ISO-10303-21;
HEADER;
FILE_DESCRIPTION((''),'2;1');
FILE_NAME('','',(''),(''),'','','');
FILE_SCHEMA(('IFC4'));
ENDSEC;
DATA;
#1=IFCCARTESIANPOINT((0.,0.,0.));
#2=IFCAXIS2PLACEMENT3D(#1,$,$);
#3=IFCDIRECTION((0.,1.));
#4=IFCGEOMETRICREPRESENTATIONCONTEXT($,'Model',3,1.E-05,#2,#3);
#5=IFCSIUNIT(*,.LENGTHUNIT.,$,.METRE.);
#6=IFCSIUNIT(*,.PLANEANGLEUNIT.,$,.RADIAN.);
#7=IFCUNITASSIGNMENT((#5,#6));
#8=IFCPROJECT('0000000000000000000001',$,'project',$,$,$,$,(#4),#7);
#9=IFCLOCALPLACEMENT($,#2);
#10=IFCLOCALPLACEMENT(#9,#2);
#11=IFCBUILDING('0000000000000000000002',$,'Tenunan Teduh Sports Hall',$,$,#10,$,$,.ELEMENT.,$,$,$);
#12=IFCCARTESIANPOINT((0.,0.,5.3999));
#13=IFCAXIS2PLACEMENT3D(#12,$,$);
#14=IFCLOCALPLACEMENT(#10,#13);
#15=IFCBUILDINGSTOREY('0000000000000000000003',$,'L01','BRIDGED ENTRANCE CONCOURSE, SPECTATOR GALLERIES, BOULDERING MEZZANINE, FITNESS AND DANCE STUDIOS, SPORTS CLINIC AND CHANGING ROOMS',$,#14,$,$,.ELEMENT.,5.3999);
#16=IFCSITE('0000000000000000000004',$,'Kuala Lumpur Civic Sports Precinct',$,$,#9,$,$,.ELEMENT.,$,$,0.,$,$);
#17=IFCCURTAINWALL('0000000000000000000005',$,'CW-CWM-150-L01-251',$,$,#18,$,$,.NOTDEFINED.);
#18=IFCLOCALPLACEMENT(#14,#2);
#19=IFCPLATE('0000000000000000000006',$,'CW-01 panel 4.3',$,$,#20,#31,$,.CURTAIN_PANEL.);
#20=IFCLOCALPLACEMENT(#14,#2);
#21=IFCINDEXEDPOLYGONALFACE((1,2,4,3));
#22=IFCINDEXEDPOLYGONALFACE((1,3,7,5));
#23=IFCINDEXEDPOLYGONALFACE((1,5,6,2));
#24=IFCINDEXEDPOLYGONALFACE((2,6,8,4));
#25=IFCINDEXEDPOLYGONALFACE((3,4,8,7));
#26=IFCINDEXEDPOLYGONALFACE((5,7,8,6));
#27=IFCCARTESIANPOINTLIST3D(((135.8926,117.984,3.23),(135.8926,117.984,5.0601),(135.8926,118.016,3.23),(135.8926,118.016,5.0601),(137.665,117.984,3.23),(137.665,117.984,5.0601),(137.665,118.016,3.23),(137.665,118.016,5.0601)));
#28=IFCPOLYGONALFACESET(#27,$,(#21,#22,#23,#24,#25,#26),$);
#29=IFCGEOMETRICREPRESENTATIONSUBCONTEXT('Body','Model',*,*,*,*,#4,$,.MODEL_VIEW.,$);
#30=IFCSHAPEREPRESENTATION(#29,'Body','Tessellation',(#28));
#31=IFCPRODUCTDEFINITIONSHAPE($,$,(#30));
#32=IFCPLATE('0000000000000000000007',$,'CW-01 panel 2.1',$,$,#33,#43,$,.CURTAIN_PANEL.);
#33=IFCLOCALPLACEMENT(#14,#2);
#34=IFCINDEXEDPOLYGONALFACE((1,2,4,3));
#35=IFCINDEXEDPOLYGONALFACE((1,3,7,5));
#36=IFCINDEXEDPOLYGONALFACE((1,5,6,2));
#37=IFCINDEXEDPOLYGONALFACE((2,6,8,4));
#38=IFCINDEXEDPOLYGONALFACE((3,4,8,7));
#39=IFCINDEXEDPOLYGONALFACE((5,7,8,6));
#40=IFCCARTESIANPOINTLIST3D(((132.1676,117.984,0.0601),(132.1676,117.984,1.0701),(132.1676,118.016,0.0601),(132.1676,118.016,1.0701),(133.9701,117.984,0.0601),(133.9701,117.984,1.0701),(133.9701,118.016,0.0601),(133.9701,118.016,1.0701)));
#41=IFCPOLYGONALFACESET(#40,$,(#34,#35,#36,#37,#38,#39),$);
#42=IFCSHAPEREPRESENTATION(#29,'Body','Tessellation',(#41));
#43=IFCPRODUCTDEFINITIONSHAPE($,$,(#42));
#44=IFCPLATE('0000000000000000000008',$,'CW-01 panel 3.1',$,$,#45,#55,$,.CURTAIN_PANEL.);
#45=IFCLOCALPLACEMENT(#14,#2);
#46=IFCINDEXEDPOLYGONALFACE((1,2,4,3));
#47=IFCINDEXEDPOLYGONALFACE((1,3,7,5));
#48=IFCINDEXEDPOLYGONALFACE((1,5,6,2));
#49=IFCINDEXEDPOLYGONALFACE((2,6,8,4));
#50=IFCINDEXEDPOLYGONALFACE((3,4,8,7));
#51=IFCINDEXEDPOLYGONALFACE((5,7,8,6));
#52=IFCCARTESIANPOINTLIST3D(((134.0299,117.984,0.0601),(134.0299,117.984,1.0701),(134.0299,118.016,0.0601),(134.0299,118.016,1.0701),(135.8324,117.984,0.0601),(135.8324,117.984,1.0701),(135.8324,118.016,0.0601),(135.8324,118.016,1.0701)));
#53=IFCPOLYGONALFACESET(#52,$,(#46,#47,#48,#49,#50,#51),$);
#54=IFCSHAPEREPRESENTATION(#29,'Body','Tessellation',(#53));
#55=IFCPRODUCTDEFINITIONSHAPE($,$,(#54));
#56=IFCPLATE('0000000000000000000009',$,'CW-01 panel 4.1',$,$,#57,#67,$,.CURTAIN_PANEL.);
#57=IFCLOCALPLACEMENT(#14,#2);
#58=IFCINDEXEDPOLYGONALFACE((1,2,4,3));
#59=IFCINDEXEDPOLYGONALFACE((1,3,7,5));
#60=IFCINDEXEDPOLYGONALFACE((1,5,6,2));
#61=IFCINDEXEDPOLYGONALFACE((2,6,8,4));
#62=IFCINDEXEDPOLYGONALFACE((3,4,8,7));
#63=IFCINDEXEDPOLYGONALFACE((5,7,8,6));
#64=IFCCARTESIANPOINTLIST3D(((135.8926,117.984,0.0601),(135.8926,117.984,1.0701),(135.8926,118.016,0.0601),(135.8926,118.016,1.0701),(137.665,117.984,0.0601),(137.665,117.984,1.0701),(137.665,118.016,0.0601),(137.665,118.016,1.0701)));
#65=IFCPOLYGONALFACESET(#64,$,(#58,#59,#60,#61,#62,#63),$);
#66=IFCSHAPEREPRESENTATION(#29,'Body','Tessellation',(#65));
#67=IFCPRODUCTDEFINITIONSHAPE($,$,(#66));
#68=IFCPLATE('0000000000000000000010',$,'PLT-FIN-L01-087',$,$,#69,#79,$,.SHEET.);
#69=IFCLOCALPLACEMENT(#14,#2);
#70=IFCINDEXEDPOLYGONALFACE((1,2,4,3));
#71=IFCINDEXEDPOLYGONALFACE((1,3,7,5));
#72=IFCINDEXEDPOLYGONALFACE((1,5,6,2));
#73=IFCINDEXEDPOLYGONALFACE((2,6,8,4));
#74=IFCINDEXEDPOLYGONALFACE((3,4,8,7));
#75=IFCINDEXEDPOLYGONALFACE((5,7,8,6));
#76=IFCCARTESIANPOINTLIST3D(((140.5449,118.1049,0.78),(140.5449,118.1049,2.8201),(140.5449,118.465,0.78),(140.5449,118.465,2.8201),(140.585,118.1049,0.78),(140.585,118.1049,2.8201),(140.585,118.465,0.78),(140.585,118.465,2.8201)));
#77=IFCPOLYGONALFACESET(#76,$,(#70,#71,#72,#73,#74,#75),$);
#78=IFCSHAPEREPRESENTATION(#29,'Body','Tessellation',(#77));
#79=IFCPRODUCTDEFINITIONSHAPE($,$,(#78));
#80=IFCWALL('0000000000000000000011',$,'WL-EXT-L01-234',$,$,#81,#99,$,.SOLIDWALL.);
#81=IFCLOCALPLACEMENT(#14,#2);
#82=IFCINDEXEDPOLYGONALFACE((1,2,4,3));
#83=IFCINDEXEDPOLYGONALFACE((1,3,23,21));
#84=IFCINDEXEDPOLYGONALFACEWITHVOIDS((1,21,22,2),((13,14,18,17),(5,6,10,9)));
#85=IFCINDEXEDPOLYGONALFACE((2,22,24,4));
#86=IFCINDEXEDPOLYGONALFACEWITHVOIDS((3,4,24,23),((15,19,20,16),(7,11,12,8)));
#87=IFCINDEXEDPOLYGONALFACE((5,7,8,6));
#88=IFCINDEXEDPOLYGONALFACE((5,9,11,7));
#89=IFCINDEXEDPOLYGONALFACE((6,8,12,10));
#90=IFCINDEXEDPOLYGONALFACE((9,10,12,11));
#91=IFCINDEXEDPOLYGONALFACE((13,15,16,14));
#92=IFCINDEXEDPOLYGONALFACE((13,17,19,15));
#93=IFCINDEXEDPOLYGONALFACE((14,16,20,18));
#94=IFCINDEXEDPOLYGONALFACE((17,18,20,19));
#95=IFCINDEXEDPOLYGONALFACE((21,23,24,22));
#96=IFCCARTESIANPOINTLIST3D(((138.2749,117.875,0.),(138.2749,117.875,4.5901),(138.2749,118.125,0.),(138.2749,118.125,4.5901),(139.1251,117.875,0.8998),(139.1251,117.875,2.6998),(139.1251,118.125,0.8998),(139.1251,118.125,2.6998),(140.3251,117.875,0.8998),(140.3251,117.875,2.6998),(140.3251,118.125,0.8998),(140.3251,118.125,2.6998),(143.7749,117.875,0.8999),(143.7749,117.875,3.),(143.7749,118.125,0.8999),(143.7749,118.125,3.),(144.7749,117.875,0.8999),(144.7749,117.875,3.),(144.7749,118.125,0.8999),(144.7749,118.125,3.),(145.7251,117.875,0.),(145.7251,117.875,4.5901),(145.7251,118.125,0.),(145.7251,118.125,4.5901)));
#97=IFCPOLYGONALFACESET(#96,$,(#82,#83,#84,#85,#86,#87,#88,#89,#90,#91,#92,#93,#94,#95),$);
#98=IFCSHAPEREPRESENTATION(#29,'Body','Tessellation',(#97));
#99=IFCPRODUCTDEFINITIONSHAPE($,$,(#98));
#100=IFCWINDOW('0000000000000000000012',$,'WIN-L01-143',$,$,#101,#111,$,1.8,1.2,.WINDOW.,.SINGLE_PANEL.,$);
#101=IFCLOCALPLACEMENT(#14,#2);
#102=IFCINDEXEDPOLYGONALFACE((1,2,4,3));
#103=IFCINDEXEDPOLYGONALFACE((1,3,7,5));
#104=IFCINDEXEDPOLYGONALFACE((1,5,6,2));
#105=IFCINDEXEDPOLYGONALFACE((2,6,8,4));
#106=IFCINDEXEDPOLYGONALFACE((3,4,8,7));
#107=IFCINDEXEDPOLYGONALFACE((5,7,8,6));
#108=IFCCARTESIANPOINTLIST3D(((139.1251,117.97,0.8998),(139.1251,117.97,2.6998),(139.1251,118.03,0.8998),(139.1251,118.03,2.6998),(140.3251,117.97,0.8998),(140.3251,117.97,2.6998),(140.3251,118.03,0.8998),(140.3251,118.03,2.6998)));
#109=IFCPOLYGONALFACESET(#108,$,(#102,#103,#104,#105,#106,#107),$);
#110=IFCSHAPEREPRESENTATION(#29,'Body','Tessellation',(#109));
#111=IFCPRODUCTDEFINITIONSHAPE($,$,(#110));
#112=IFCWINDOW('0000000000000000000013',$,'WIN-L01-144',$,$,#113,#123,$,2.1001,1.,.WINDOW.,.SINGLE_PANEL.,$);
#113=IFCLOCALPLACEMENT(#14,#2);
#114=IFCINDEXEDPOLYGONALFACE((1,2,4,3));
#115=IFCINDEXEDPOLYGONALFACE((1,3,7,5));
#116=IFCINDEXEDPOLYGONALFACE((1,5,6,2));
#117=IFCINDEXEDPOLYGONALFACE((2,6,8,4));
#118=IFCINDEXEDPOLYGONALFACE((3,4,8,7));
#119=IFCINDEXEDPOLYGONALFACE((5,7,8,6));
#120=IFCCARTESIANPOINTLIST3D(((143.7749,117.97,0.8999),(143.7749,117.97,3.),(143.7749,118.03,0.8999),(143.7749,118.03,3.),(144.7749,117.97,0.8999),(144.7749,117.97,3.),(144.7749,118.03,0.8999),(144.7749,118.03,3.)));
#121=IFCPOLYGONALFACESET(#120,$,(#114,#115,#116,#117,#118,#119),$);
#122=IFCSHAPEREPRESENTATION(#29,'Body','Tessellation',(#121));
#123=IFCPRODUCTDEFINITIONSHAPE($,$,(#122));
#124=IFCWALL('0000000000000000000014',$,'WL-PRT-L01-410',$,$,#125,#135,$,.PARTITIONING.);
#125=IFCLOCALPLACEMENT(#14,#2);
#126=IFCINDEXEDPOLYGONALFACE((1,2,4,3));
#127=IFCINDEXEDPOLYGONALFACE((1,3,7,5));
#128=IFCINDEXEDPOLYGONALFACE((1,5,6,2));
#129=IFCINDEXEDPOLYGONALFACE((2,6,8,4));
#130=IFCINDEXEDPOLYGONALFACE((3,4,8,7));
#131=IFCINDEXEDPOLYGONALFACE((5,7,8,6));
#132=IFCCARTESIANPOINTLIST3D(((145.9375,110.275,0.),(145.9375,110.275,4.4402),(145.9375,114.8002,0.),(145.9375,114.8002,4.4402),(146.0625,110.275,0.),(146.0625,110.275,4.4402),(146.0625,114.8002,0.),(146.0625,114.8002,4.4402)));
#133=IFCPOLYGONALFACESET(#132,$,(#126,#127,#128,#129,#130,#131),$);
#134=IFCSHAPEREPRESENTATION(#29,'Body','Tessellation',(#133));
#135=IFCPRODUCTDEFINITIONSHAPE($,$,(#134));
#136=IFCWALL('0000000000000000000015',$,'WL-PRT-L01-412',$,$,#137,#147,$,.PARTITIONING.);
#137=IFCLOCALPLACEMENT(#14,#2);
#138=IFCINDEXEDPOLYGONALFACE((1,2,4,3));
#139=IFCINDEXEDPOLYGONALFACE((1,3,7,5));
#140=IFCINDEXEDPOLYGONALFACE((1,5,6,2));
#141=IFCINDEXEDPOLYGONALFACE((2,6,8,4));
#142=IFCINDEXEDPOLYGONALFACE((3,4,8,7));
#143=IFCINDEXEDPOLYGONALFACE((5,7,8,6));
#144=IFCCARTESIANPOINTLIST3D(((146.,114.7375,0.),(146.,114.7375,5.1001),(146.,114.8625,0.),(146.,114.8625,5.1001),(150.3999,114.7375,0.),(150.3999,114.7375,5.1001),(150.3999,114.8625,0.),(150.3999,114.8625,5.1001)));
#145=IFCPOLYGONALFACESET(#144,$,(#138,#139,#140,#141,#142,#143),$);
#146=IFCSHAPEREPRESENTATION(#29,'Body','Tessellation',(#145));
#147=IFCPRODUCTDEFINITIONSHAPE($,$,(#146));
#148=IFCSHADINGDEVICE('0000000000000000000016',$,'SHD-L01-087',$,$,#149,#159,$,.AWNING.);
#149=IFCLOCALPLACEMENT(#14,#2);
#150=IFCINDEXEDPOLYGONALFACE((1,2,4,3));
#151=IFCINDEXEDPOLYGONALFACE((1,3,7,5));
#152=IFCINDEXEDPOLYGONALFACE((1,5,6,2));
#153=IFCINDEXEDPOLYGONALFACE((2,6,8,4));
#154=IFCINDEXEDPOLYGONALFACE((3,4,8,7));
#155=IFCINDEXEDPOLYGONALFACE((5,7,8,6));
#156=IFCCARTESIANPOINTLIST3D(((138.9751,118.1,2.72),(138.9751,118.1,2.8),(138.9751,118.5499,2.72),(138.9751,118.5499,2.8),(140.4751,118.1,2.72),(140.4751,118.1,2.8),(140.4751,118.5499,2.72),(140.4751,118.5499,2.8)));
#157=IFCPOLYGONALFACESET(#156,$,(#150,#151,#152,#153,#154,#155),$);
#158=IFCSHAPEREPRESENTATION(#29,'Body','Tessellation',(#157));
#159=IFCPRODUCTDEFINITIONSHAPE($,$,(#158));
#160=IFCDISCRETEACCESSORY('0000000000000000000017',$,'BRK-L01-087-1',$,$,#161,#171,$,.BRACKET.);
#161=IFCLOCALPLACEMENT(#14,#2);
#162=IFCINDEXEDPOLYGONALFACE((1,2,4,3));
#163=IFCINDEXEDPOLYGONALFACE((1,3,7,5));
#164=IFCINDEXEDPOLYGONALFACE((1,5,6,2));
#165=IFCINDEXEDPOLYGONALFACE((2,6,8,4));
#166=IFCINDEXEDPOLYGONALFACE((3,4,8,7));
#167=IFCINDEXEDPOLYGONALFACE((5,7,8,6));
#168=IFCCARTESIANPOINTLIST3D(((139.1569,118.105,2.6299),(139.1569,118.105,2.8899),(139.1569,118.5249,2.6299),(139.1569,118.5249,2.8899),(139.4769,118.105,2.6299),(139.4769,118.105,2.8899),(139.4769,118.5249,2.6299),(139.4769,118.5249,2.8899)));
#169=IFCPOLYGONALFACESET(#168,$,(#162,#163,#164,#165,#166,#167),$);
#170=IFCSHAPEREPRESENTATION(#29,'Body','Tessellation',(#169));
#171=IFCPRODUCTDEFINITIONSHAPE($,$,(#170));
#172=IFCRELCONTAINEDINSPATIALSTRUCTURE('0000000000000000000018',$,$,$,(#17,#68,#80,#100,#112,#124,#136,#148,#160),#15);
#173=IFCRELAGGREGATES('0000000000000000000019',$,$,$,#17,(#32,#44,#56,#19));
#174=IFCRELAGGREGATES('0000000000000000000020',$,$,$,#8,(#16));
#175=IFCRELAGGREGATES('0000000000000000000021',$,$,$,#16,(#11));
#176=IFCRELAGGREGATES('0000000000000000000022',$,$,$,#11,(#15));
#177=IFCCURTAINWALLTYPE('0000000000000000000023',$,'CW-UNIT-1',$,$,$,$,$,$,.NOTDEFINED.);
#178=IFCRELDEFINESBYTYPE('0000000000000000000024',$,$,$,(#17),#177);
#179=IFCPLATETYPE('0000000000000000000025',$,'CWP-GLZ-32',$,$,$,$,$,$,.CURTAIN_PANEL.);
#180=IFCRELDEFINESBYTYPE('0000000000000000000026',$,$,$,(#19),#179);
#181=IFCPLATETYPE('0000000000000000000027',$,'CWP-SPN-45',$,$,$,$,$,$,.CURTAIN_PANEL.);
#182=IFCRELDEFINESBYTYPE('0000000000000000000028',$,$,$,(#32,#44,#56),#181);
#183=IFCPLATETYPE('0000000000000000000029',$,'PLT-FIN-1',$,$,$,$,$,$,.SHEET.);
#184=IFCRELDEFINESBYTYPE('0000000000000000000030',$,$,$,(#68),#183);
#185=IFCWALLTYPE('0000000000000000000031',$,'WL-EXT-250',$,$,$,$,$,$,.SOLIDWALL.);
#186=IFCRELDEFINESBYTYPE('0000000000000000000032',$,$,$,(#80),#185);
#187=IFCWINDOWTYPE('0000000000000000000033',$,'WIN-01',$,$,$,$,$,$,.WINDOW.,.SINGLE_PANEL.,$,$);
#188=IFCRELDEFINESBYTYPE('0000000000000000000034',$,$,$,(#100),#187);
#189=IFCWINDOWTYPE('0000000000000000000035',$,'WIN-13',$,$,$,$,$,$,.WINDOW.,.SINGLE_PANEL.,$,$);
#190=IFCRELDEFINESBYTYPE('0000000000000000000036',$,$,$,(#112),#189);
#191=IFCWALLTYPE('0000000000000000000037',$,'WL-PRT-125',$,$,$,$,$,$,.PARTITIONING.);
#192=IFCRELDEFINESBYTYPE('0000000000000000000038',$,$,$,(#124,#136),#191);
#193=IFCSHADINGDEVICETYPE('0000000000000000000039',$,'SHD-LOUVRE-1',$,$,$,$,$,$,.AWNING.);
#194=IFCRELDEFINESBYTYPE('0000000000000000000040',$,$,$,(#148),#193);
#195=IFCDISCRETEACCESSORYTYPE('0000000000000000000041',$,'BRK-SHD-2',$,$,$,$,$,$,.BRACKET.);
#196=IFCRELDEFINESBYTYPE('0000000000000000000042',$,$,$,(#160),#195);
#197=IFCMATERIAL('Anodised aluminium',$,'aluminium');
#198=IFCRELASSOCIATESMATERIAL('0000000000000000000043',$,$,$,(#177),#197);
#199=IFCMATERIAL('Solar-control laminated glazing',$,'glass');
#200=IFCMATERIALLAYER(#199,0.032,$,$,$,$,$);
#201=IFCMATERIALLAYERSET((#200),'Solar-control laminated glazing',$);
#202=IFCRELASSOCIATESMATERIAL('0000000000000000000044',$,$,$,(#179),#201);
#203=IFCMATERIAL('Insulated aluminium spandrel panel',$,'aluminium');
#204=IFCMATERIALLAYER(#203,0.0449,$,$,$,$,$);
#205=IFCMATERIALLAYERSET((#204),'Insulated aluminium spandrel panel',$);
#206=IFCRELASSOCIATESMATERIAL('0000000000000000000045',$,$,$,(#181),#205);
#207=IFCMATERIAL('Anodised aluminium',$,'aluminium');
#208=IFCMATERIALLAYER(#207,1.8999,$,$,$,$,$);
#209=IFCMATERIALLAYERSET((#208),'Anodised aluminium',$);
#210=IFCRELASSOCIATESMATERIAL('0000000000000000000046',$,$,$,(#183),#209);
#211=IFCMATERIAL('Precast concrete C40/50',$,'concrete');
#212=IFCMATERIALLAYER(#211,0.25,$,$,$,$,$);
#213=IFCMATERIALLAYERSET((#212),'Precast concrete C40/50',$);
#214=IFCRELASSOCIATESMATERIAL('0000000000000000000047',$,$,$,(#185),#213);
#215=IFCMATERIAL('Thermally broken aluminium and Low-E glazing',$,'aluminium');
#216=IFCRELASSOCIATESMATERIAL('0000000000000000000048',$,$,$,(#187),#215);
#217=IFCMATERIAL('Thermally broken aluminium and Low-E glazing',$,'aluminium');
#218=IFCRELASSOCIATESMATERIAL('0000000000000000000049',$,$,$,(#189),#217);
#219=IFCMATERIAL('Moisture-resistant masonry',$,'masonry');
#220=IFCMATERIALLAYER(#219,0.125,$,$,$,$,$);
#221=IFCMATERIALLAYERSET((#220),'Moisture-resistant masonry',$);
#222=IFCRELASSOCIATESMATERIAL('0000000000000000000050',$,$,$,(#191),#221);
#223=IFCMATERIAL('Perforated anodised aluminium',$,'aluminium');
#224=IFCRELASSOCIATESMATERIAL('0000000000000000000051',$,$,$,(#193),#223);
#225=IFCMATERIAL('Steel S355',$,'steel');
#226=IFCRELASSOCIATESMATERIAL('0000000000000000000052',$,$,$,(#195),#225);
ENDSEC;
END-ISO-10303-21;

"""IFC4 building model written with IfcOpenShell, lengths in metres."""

from ifc_helpers import new_model, si_unit, direction, frame, frame_2d, origin, origin_2d, place, context, subcontext, project, spatial, rectangle, extrude, material, layer, layer_set, type_object, element, fill, aggregate, save


model = new_model("IFC4")

# Units and contexts
model_context = context("Model", 3, precision=1e-05, world=origin(), true_north=direction((0.0, 1.0)))
body_context = subcontext(model_context, "Body", "Model", "MODEL_VIEW")
ifc_project = project(units=[si_unit("LENGTHUNIT", "METRE"), si_unit("PLANEANGLEUNIT", "RADIAN")], contexts=[model_context])

# Site, building, storey
site_placement = place(None, origin())
site = spatial("IfcSite", under=ifc_project, at=site_placement, Name="Kuala Lumpur Civic Sports Precinct", CompositionType="ELEMENT", RefElevation=0.0)
building_placement = place(site_placement, origin())
building = spatial("IfcBuilding", under=site, at=building_placement, Name="Tenunan Teduh Sports Hall", CompositionType="ELEMENT")
storey_placement = place(building_placement, frame((0.0, 0.0, 5.3999)))
storey = spatial("IfcBuildingStorey", under=building, at=storey_placement, Name="L01", Description="BRIDGED ENTRANCE CONCOURSE, SPECTATOR GALLERIES, BOULDERING MEZZANINE, FITNESS AND DANCE STUDIOS, SPORTS CLINIC AND CHANGING ROOMS", CompositionType="ELEMENT", Elevation=5.3999)

# Curtain wall
ifc_material_1 = material(Name="Anodised aluminium", Category="aluminium")
curtain_wall_type = type_object("IfcCurtainWallType", Name="CW-UNIT-1", PredefinedType="NOTDEFINED", material=ifc_material_1)
curtain_wall_placement = place(storey_placement, origin())
curtain_wall = element("IfcCurtainWall", 1, at=curtain_wall_placement, inside=storey, type_object=curtain_wall_type, Name="CW-CWM-150-L01-251", PredefinedType="NOTDEFINED")

# Plates
ifc_material_2 = material(Name="Solar-control laminated glazing", Category="glass")
ifc_layer_1 = layer(ifc_material_2, 0.032)
ifc_layer_set_1 = layer_set([ifc_layer_1], Name="Solar-control laminated glazing")
plate_type_1 = type_object("IfcPlateType", Name="CWP-GLZ-32", PredefinedType="CURTAIN_PANEL", material=ifc_layer_set_1)
plate_1_placement = place(storey_placement, frame((136.7788, 118.0, 3.23), z_axis=(0.0, 0.0, 1.0), x_axis=(1.0, 0.0, 0.0)))
plate_1 = element("IfcPlate", 2, at=plate_1_placement, type_object=plate_type_1, Name="CW-01 panel 4.3", PredefinedType="CURTAIN_PANEL", context=body_context, shape_type="SweptSolid", body=[
    extrude(rectangle(XDim=1.7725, YDim=0.032, at=origin_2d()), origin(), (0.0, 0.0, 1.0), 1.8301),
])
ifc_material_3 = material(Name="Insulated aluminium spandrel panel", Category="aluminium")
ifc_layer_2 = layer(ifc_material_3, 0.0449)
ifc_layer_set_2 = layer_set([ifc_layer_2], Name="Insulated aluminium spandrel panel")
plate_type_2 = type_object("IfcPlateType", Name="CWP-SPN-45", PredefinedType="CURTAIN_PANEL", material=ifc_layer_set_2)
plate_2_placement = place(storey_placement, frame((133.0688, 118.0, 0.0601), z_axis=(0.0, 0.0, 1.0), x_axis=(1.0, 0.0, 0.0)))
plate_2 = element("IfcPlate", 3, at=plate_2_placement, type_object=plate_type_2, Name="CW-01 panel 2.1", PredefinedType="CURTAIN_PANEL", context=body_context, shape_type="SweptSolid", body=[
    extrude(rectangle(XDim=1.8025, YDim=0.032, at=origin_2d()), origin(), (0.0, 0.0, 1.0), 1.01),
])
plate_3_placement = place(storey_placement, frame((134.9312, 118.0, 0.0601), z_axis=(0.0, 0.0, 1.0), x_axis=(1.0, 0.0, 0.0)))
plate_3 = element("IfcPlate", 4, at=plate_3_placement, type_object=plate_type_2, Name="CW-01 panel 3.1", PredefinedType="CURTAIN_PANEL", context=body_context, shape_type="SweptSolid", body=[
    extrude(rectangle(XDim=1.8025, YDim=0.032, at=origin_2d()), origin(), (0.0, 0.0, 1.0), 1.01),
])
plate_4_placement = place(storey_placement, frame((136.7788, 118.0, 0.0601), z_axis=(0.0, 0.0, 1.0), x_axis=(1.0, 0.0, 0.0)))
plate_4 = element("IfcPlate", 5, at=plate_4_placement, type_object=plate_type_2, Name="CW-01 panel 4.1", PredefinedType="CURTAIN_PANEL", context=body_context, shape_type="SweptSolid", body=[
    extrude(rectangle(XDim=1.7725, YDim=0.032, at=origin_2d()), origin(), (0.0, 0.0, 1.0), 1.01),
])
aggregate(curtain_wall, [plate_2, plate_3, plate_4, plate_1])
ifc_material_4 = material(Name="Anodised aluminium", Category="aluminium")
ifc_layer_3 = layer(ifc_material_4, 1.8999)
ifc_layer_set_3 = layer_set([ifc_layer_3], Name="Anodised aluminium")
plate_type_3 = type_object("IfcPlateType", Name="PLT-FIN-1", PredefinedType="SHEET", material=ifc_layer_set_3)
plate_5_placement = place(storey_placement, frame((140.5649, 118.2849, 0.78), z_axis=(0.0, 0.0, 1.0), x_axis=(1.0, 0.0, 0.0)))
element("IfcPlate", 6, at=plate_5_placement, inside=storey, type_object=plate_type_3, Name="PLT-FIN-L01-087", PredefinedType="SHEET", context=body_context, shape_type="SweptSolid", body=[
    extrude(rectangle(XDim=0.04, YDim=0.3601, at=origin_2d()), origin(), (0.0, 0.0, 1.0), 2.04),
])

# Wall, openings, windows
ifc_material_5 = material(Name="Precast concrete C40/50", Category="concrete")
ifc_layer_4 = layer(ifc_material_5, 0.25)
ifc_layer_set_4 = layer_set([ifc_layer_4], Name="Precast concrete C40/50")
wall_type_1 = type_object("IfcWallType", Name="WL-EXT-250", PredefinedType="SOLIDWALL", material=ifc_layer_set_4)
wall_1_placement = place(storey_placement, frame((138.2749, 118.0, 0.0), z_axis=(0.0, 0.0, 1.0), x_axis=(1.0, 0.0, 0.0)))
wall_1 = element("IfcWall", 7, at=wall_1_placement, inside=storey, type_object=wall_type_1, Name="WL-EXT-L01-234", PredefinedType="SOLIDWALL", context=body_context, shape_type="SweptSolid", body=[
    extrude(rectangle(XDim=7.4502, YDim=0.25, at=frame_2d((3.7251, 0.0))), origin(), (0.0, 0.0, 1.0), 4.5901),
])
opening_1_placement = place(wall_1_placement, frame((0.8501, 0.0, 0.8999)))
opening_1 = element("IfcOpeningElement", 8, at=opening_1_placement, cuts=wall_1, PredefinedType="OPENING", context=body_context, shape_type="SweptSolid", body=[
    extrude(rectangle(XDim=1.2, YDim=1.8, at=frame_2d((0.6001, 0.8999))), frame((0.0, 0.135, 0.0), z_axis=(0.0, -1.0, 0.0), x_axis=(1.0, 0.0, 0.0)), (0.0, 0.0, 1.0), 0.27),
])
opening_2_placement = place(wall_1_placement, frame((5.5, 0.0, 0.8999)))
opening_2 = element("IfcOpeningElement", 9, at=opening_2_placement, cuts=wall_1, PredefinedType="OPENING", context=body_context, shape_type="SweptSolid", body=[
    extrude(rectangle(XDim=1.0, YDim=2.1001, at=frame_2d((0.5, 1.05))), frame((0.0, 0.135, 0.0), z_axis=(0.0, -1.0, 0.0), x_axis=(1.0, 0.0, 0.0)), (0.0, 0.0, 1.0), 0.27),
])
ifc_material_6 = material(Name="Thermally broken aluminium and Low-E glazing", Category="aluminium")
window_type_1 = type_object("IfcWindowType", Name="WIN-01", PartitioningType="SINGLE_PANEL", PredefinedType="WINDOW", material=ifc_material_6)
window_1_placement = place(opening_1_placement, origin())
window_1 = element("IfcWindow", 10, at=window_1_placement, inside=storey, type_object=window_type_1, Name="WIN-L01-143", OverallHeight=1.8, OverallWidth=1.2, PartitioningType="SINGLE_PANEL", PredefinedType="WINDOW", context=body_context, shape_type="SweptSolid", body=[
    extrude(rectangle(XDim=1.2, YDim=1.8, at=frame_2d((0.6001, 0.8999))), frame((0.0, 0.03, 0.0), z_axis=(0.0, -1.0, 0.0), x_axis=(1.0, 0.0, 0.0)), (0.0, 0.0, 1.0), 0.0601),
])
fill(opening_1, window_1)
ifc_material_7 = material(Name="Thermally broken aluminium and Low-E glazing", Category="aluminium")
window_type_2 = type_object("IfcWindowType", Name="WIN-13", PartitioningType="SINGLE_PANEL", PredefinedType="WINDOW", material=ifc_material_7)
window_2_placement = place(opening_2_placement, origin())
window_2 = element("IfcWindow", 11, at=window_2_placement, inside=storey, type_object=window_type_2, Name="WIN-L01-144", OverallHeight=2.1001, OverallWidth=1.0, PartitioningType="SINGLE_PANEL", PredefinedType="WINDOW", context=body_context, shape_type="SweptSolid", body=[
    extrude(rectangle(XDim=1.0, YDim=2.1001, at=frame_2d((0.5, 1.05))), frame((0.0, 0.03, 0.0), z_axis=(0.0, -1.0, 0.0), x_axis=(1.0, 0.0, 0.0)), (0.0, 0.0, 1.0), 0.0601),
])
fill(opening_2, window_2)

# Walls
ifc_material_8 = material(Name="Moisture-resistant masonry", Category="masonry")
ifc_layer_5 = layer(ifc_material_8, 0.125)
ifc_layer_set_5 = layer_set([ifc_layer_5], Name="Moisture-resistant masonry")
wall_type_2 = type_object("IfcWallType", Name="WL-PRT-125", PredefinedType="PARTITIONING", material=ifc_layer_set_5)
wall_2_placement = place(storey_placement, frame((146.0, 110.2749, 0.0), z_axis=(0.0, 0.0, 1.0), x_axis=(0.0, 1.0, 0.0)))
element("IfcWall", 12, at=wall_2_placement, inside=storey, type_object=wall_type_2, Name="WL-PRT-L01-410", PredefinedType="PARTITIONING", context=body_context, shape_type="SweptSolid", body=[
    extrude(rectangle(XDim=4.5251, YDim=0.125, at=frame_2d((2.2627, 0.0))), origin(), (0.0, 0.0, 1.0), 4.4402),
])
wall_3_placement = place(storey_placement, frame((146.0, 114.8, 0.0), z_axis=(0.0, 0.0, 1.0), x_axis=(1.0, 0.0, 0.0)))
element("IfcWall", 13, at=wall_3_placement, inside=storey, type_object=wall_type_2, Name="WL-PRT-L01-412", PredefinedType="PARTITIONING", context=body_context, shape_type="SweptSolid", body=[
    extrude(rectangle(XDim=4.3999, YDim=0.125, at=frame_2d((2.2, 0.0))), origin(), (0.0, 0.0, 1.0), 5.1001),
])

# Shading device
ifc_material_9 = material(Name="Perforated anodised aluminium", Category="aluminium")
shading_device_type = type_object("IfcShadingDeviceType", Name="SHD-LOUVRE-1", PredefinedType="AWNING", material=ifc_material_9)
shading_device_placement = place(storey_placement, frame((139.7251, 118.325, 2.72), z_axis=(0.0, 0.0, 1.0), x_axis=(1.0, 0.0, 0.0)))
element("IfcShadingDevice", 14, at=shading_device_placement, inside=storey, type_object=shading_device_type, Name="SHD-L01-087", PredefinedType="AWNING", context=body_context, shape_type="SweptSolid", body=[
    extrude(rectangle(XDim=1.5, YDim=0.45, at=origin_2d()), origin(), (0.0, 0.0, 1.0), 0.0801),
])

# Discrete accessory
ifc_material_10 = material(Name="Steel S355", Category="steel")
discrete_accessory_type = type_object("IfcDiscreteAccessoryType", Name="BRK-SHD-2", PredefinedType="BRACKET", material=ifc_material_10)
for number, where, z_axis, x_axis, name in (
    (15, (139.3169, 118.3149, 2.6299), (0.0, 0.0, 1.0), (1.0, 0.0, 0.0), "BRK-L01-087-1"),
):
    element("IfcDiscreteAccessory", number, at=place(storey_placement, frame(where, z_axis=z_axis, x_axis=x_axis)), inside=storey, type_object=discrete_accessory_type, Name=name, PredefinedType="BRACKET", context=body_context, shape_type="SweptSolid", body=[
        extrude(rectangle(XDim=0.3201, YDim=0.4199, at=origin_2d()), origin(), (0.0, 0.0, 1.0), 0.26),
    ])

save(model, "model.ifc")
